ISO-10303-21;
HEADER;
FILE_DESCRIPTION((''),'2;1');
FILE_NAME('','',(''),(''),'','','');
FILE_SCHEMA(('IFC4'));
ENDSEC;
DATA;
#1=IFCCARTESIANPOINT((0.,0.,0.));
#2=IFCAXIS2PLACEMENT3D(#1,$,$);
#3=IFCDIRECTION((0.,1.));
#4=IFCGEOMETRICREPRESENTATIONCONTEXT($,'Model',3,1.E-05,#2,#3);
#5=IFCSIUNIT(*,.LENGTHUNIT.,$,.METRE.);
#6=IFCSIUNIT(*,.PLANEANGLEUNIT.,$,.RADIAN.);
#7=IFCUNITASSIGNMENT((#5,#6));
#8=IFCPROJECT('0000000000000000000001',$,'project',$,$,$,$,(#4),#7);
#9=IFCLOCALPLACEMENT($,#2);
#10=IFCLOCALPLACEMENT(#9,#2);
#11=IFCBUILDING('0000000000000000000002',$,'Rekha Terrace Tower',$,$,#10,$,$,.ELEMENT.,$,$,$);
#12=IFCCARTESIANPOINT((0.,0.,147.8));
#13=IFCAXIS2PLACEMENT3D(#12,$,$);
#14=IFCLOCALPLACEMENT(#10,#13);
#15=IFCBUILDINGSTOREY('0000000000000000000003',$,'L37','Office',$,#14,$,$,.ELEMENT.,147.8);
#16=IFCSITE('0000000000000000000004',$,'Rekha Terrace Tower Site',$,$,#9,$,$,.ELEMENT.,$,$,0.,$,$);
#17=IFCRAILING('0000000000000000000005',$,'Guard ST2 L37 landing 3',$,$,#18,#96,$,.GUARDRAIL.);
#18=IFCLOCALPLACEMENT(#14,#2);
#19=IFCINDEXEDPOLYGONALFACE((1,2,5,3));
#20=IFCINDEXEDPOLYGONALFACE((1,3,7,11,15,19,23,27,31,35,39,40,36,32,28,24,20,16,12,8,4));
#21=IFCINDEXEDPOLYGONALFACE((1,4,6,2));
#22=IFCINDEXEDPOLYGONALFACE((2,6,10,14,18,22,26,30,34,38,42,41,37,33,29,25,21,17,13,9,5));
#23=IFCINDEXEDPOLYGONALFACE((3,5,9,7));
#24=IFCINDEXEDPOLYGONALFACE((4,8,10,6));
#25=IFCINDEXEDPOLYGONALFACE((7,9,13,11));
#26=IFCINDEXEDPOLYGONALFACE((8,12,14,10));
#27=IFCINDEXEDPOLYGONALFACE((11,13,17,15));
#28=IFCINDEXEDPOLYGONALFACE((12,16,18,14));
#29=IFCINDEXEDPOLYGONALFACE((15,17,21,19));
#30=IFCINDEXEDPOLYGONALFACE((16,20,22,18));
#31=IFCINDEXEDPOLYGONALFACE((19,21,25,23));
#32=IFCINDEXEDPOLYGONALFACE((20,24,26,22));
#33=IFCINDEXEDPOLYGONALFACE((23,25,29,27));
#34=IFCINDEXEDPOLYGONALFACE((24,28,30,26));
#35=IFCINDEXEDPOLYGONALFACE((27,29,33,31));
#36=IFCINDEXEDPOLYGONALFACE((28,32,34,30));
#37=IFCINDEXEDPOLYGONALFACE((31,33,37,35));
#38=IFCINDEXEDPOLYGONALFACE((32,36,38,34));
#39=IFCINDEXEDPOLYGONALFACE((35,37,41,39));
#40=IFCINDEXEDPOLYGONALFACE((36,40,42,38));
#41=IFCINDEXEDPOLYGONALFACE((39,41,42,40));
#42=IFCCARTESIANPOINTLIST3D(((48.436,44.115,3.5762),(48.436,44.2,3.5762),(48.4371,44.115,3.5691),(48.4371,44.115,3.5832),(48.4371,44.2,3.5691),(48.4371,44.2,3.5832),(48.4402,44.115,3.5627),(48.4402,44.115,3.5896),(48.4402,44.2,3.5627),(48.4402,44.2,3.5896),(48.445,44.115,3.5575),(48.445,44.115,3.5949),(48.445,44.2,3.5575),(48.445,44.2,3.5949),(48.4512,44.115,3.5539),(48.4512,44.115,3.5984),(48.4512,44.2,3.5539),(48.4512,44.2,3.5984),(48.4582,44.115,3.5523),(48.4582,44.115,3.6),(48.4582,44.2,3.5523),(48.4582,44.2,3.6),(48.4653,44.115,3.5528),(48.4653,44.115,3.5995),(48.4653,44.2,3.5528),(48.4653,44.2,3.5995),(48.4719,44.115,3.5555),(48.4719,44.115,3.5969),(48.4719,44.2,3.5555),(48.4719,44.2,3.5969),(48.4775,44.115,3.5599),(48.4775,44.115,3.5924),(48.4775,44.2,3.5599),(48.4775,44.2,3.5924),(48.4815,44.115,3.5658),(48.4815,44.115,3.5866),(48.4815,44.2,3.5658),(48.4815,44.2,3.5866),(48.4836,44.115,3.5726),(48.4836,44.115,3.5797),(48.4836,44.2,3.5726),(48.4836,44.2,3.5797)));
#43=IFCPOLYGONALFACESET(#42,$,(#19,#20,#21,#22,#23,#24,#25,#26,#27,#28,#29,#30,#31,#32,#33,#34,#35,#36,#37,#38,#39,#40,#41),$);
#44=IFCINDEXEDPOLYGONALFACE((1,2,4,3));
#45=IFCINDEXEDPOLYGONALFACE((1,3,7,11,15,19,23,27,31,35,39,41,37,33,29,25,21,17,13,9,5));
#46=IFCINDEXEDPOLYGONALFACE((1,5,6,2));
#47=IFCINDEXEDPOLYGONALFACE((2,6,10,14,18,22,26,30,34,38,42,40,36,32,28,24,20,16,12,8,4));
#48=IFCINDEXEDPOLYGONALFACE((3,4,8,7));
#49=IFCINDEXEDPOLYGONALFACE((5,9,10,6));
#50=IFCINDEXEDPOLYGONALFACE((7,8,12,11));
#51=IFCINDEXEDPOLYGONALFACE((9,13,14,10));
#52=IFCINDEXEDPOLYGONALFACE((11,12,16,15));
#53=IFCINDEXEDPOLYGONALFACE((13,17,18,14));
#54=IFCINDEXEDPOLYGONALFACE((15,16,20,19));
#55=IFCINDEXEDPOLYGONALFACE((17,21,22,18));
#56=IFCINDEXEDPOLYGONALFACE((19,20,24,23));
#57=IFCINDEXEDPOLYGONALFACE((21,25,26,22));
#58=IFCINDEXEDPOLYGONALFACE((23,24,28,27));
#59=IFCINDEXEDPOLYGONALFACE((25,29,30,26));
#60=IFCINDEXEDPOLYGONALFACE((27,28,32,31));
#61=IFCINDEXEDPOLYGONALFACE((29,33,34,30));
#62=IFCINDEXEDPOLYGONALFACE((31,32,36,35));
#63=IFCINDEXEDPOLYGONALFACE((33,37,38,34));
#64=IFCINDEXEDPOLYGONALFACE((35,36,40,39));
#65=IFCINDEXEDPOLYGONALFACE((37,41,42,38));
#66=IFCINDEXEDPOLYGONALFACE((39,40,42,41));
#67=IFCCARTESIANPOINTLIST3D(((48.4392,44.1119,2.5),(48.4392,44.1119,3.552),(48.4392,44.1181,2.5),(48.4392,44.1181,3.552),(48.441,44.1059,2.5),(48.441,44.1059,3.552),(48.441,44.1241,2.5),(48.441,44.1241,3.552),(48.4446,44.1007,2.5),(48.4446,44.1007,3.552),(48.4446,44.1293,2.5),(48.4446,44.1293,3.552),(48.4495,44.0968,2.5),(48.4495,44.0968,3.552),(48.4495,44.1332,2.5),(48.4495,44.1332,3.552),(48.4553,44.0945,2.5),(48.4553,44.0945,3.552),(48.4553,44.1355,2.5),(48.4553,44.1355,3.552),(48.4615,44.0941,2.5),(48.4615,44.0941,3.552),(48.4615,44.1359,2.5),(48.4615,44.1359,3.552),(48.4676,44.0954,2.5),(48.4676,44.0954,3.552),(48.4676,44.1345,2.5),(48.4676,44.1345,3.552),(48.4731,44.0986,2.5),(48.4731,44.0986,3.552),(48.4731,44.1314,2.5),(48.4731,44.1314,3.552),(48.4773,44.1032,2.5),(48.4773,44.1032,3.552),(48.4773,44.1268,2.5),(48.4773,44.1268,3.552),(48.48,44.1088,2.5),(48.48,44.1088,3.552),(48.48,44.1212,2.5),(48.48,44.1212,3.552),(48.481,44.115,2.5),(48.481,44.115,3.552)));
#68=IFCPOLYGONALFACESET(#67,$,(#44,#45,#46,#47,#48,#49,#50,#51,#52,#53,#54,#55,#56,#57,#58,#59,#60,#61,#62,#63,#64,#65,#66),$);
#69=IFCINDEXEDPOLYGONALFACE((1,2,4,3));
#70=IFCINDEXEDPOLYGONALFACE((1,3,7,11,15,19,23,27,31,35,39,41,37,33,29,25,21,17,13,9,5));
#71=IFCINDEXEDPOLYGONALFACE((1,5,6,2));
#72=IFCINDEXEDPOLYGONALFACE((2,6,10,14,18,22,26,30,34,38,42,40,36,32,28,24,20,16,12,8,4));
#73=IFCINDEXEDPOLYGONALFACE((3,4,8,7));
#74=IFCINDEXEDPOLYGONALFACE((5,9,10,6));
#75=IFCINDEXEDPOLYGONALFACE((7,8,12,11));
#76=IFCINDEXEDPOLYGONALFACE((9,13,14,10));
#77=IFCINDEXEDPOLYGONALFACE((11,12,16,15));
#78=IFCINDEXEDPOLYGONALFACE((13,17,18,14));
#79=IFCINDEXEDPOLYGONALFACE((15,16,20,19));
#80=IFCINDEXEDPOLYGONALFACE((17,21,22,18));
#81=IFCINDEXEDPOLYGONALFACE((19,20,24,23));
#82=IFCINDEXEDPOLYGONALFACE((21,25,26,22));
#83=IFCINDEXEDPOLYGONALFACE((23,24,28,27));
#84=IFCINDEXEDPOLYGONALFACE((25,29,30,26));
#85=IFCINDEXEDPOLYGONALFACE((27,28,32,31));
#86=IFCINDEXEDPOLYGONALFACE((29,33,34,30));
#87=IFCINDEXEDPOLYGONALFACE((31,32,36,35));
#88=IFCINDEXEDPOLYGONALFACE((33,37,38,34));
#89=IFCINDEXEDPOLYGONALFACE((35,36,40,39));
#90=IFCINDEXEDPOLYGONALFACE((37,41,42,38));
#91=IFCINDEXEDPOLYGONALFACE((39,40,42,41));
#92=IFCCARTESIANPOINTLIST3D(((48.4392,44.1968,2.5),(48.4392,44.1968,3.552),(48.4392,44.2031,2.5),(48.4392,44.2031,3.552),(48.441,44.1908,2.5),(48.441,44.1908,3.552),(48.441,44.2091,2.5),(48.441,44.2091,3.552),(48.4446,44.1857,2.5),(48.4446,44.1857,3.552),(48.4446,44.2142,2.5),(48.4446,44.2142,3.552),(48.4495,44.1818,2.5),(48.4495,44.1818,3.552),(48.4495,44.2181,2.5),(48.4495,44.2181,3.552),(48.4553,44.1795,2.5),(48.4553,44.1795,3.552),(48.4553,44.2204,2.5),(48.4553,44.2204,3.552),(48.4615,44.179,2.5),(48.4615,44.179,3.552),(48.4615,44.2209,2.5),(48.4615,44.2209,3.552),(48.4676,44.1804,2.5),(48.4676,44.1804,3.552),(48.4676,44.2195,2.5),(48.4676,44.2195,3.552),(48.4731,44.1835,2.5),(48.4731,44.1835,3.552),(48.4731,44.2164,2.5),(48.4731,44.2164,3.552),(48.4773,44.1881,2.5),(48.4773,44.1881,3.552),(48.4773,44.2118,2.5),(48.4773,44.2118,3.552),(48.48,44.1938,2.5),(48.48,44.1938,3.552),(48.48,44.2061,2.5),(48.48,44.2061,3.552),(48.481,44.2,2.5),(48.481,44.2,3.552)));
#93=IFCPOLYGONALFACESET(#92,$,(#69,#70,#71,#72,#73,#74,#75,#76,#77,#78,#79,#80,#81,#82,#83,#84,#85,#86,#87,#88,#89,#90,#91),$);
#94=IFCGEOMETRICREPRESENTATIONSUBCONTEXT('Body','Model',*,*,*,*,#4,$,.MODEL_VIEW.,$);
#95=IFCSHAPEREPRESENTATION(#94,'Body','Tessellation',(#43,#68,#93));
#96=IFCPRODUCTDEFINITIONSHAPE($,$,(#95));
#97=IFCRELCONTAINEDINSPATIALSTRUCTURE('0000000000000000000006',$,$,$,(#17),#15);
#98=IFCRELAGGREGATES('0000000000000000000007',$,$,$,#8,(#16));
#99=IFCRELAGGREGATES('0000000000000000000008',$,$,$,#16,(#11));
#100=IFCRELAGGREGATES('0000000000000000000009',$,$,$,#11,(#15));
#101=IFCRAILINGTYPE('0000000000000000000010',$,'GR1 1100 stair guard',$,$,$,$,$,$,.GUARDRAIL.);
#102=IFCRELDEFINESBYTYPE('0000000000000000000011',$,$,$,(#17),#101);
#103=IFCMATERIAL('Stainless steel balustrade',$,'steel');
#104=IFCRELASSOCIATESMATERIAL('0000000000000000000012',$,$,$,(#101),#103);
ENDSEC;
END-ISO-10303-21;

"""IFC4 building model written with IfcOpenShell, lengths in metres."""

from ifc_helpers import new_model, si_unit, direction, frame, origin, origin_2d, place, context, subcontext, project, spatial, circle, extrude, material, type_object, element, save


model = new_model("IFC4")

# Units and contexts
model_context = context("Model", 3, precision=1e-05, world=origin(), true_north=direction((0.0, 1.0)))
body_context = subcontext(model_context, "Body", "Model", "MODEL_VIEW")
ifc_project = project(units=[si_unit("LENGTHUNIT", "METRE"), si_unit("PLANEANGLEUNIT", "RADIAN")], contexts=[model_context])

# Site, building, storey
site_placement = place(None, origin())
site = spatial("IfcSite", under=ifc_project, at=site_placement, Name="Rekha Terrace Tower Site", CompositionType="ELEMENT", RefElevation=0.0)
building_placement = place(site_placement, origin())
building = spatial("IfcBuilding", under=site, at=building_placement, Name="Rekha Terrace Tower", CompositionType="ELEMENT")
storey_placement = place(building_placement, frame((0.0, 0.0, 147.8)))
storey = spatial("IfcBuildingStorey", under=building, at=storey_placement, Name="L37", Description="Office", CompositionType="ELEMENT", Elevation=147.8)

# Railing
ifc_material_1 = material(Name="Stainless steel balustrade", Category="steel")
railing_type_1 = type_object("IfcRailingType", Name="GR1 1100 stair guard", PredefinedType="GUARDRAIL", material=ifc_material_1)
railing_1_placement = place(storey_placement, frame((48.46, 44.115, 2.5)))
element("IfcRailing", 1, at=railing_1_placement, inside=storey, type_object=railing_type_1, Name="Guard ST2 L37 landing 3", PredefinedType="GUARDRAIL", context=body_context, shape_type="SweptSolid", body=[
    extrude(circle(Radius=0.0239, at=origin_2d()), frame((0.0, 0.0, 1.0762), z_axis=(0.0, 1.0, 0.0), x_axis=(-1.0, 0.0, 0.0)), (0.0, 0.0, 1.0), 0.085),
    extrude(circle(Radius=0.021, at=origin_2d()), origin(), (0.0, 0.0, 1.0), 1.052),
    extrude(circle(Radius=0.021, at=origin_2d()), frame((0.0, 0.085, 0.0)), (0.0, 0.0, 1.0), 1.052),
])

save(model, "model.ifc")
